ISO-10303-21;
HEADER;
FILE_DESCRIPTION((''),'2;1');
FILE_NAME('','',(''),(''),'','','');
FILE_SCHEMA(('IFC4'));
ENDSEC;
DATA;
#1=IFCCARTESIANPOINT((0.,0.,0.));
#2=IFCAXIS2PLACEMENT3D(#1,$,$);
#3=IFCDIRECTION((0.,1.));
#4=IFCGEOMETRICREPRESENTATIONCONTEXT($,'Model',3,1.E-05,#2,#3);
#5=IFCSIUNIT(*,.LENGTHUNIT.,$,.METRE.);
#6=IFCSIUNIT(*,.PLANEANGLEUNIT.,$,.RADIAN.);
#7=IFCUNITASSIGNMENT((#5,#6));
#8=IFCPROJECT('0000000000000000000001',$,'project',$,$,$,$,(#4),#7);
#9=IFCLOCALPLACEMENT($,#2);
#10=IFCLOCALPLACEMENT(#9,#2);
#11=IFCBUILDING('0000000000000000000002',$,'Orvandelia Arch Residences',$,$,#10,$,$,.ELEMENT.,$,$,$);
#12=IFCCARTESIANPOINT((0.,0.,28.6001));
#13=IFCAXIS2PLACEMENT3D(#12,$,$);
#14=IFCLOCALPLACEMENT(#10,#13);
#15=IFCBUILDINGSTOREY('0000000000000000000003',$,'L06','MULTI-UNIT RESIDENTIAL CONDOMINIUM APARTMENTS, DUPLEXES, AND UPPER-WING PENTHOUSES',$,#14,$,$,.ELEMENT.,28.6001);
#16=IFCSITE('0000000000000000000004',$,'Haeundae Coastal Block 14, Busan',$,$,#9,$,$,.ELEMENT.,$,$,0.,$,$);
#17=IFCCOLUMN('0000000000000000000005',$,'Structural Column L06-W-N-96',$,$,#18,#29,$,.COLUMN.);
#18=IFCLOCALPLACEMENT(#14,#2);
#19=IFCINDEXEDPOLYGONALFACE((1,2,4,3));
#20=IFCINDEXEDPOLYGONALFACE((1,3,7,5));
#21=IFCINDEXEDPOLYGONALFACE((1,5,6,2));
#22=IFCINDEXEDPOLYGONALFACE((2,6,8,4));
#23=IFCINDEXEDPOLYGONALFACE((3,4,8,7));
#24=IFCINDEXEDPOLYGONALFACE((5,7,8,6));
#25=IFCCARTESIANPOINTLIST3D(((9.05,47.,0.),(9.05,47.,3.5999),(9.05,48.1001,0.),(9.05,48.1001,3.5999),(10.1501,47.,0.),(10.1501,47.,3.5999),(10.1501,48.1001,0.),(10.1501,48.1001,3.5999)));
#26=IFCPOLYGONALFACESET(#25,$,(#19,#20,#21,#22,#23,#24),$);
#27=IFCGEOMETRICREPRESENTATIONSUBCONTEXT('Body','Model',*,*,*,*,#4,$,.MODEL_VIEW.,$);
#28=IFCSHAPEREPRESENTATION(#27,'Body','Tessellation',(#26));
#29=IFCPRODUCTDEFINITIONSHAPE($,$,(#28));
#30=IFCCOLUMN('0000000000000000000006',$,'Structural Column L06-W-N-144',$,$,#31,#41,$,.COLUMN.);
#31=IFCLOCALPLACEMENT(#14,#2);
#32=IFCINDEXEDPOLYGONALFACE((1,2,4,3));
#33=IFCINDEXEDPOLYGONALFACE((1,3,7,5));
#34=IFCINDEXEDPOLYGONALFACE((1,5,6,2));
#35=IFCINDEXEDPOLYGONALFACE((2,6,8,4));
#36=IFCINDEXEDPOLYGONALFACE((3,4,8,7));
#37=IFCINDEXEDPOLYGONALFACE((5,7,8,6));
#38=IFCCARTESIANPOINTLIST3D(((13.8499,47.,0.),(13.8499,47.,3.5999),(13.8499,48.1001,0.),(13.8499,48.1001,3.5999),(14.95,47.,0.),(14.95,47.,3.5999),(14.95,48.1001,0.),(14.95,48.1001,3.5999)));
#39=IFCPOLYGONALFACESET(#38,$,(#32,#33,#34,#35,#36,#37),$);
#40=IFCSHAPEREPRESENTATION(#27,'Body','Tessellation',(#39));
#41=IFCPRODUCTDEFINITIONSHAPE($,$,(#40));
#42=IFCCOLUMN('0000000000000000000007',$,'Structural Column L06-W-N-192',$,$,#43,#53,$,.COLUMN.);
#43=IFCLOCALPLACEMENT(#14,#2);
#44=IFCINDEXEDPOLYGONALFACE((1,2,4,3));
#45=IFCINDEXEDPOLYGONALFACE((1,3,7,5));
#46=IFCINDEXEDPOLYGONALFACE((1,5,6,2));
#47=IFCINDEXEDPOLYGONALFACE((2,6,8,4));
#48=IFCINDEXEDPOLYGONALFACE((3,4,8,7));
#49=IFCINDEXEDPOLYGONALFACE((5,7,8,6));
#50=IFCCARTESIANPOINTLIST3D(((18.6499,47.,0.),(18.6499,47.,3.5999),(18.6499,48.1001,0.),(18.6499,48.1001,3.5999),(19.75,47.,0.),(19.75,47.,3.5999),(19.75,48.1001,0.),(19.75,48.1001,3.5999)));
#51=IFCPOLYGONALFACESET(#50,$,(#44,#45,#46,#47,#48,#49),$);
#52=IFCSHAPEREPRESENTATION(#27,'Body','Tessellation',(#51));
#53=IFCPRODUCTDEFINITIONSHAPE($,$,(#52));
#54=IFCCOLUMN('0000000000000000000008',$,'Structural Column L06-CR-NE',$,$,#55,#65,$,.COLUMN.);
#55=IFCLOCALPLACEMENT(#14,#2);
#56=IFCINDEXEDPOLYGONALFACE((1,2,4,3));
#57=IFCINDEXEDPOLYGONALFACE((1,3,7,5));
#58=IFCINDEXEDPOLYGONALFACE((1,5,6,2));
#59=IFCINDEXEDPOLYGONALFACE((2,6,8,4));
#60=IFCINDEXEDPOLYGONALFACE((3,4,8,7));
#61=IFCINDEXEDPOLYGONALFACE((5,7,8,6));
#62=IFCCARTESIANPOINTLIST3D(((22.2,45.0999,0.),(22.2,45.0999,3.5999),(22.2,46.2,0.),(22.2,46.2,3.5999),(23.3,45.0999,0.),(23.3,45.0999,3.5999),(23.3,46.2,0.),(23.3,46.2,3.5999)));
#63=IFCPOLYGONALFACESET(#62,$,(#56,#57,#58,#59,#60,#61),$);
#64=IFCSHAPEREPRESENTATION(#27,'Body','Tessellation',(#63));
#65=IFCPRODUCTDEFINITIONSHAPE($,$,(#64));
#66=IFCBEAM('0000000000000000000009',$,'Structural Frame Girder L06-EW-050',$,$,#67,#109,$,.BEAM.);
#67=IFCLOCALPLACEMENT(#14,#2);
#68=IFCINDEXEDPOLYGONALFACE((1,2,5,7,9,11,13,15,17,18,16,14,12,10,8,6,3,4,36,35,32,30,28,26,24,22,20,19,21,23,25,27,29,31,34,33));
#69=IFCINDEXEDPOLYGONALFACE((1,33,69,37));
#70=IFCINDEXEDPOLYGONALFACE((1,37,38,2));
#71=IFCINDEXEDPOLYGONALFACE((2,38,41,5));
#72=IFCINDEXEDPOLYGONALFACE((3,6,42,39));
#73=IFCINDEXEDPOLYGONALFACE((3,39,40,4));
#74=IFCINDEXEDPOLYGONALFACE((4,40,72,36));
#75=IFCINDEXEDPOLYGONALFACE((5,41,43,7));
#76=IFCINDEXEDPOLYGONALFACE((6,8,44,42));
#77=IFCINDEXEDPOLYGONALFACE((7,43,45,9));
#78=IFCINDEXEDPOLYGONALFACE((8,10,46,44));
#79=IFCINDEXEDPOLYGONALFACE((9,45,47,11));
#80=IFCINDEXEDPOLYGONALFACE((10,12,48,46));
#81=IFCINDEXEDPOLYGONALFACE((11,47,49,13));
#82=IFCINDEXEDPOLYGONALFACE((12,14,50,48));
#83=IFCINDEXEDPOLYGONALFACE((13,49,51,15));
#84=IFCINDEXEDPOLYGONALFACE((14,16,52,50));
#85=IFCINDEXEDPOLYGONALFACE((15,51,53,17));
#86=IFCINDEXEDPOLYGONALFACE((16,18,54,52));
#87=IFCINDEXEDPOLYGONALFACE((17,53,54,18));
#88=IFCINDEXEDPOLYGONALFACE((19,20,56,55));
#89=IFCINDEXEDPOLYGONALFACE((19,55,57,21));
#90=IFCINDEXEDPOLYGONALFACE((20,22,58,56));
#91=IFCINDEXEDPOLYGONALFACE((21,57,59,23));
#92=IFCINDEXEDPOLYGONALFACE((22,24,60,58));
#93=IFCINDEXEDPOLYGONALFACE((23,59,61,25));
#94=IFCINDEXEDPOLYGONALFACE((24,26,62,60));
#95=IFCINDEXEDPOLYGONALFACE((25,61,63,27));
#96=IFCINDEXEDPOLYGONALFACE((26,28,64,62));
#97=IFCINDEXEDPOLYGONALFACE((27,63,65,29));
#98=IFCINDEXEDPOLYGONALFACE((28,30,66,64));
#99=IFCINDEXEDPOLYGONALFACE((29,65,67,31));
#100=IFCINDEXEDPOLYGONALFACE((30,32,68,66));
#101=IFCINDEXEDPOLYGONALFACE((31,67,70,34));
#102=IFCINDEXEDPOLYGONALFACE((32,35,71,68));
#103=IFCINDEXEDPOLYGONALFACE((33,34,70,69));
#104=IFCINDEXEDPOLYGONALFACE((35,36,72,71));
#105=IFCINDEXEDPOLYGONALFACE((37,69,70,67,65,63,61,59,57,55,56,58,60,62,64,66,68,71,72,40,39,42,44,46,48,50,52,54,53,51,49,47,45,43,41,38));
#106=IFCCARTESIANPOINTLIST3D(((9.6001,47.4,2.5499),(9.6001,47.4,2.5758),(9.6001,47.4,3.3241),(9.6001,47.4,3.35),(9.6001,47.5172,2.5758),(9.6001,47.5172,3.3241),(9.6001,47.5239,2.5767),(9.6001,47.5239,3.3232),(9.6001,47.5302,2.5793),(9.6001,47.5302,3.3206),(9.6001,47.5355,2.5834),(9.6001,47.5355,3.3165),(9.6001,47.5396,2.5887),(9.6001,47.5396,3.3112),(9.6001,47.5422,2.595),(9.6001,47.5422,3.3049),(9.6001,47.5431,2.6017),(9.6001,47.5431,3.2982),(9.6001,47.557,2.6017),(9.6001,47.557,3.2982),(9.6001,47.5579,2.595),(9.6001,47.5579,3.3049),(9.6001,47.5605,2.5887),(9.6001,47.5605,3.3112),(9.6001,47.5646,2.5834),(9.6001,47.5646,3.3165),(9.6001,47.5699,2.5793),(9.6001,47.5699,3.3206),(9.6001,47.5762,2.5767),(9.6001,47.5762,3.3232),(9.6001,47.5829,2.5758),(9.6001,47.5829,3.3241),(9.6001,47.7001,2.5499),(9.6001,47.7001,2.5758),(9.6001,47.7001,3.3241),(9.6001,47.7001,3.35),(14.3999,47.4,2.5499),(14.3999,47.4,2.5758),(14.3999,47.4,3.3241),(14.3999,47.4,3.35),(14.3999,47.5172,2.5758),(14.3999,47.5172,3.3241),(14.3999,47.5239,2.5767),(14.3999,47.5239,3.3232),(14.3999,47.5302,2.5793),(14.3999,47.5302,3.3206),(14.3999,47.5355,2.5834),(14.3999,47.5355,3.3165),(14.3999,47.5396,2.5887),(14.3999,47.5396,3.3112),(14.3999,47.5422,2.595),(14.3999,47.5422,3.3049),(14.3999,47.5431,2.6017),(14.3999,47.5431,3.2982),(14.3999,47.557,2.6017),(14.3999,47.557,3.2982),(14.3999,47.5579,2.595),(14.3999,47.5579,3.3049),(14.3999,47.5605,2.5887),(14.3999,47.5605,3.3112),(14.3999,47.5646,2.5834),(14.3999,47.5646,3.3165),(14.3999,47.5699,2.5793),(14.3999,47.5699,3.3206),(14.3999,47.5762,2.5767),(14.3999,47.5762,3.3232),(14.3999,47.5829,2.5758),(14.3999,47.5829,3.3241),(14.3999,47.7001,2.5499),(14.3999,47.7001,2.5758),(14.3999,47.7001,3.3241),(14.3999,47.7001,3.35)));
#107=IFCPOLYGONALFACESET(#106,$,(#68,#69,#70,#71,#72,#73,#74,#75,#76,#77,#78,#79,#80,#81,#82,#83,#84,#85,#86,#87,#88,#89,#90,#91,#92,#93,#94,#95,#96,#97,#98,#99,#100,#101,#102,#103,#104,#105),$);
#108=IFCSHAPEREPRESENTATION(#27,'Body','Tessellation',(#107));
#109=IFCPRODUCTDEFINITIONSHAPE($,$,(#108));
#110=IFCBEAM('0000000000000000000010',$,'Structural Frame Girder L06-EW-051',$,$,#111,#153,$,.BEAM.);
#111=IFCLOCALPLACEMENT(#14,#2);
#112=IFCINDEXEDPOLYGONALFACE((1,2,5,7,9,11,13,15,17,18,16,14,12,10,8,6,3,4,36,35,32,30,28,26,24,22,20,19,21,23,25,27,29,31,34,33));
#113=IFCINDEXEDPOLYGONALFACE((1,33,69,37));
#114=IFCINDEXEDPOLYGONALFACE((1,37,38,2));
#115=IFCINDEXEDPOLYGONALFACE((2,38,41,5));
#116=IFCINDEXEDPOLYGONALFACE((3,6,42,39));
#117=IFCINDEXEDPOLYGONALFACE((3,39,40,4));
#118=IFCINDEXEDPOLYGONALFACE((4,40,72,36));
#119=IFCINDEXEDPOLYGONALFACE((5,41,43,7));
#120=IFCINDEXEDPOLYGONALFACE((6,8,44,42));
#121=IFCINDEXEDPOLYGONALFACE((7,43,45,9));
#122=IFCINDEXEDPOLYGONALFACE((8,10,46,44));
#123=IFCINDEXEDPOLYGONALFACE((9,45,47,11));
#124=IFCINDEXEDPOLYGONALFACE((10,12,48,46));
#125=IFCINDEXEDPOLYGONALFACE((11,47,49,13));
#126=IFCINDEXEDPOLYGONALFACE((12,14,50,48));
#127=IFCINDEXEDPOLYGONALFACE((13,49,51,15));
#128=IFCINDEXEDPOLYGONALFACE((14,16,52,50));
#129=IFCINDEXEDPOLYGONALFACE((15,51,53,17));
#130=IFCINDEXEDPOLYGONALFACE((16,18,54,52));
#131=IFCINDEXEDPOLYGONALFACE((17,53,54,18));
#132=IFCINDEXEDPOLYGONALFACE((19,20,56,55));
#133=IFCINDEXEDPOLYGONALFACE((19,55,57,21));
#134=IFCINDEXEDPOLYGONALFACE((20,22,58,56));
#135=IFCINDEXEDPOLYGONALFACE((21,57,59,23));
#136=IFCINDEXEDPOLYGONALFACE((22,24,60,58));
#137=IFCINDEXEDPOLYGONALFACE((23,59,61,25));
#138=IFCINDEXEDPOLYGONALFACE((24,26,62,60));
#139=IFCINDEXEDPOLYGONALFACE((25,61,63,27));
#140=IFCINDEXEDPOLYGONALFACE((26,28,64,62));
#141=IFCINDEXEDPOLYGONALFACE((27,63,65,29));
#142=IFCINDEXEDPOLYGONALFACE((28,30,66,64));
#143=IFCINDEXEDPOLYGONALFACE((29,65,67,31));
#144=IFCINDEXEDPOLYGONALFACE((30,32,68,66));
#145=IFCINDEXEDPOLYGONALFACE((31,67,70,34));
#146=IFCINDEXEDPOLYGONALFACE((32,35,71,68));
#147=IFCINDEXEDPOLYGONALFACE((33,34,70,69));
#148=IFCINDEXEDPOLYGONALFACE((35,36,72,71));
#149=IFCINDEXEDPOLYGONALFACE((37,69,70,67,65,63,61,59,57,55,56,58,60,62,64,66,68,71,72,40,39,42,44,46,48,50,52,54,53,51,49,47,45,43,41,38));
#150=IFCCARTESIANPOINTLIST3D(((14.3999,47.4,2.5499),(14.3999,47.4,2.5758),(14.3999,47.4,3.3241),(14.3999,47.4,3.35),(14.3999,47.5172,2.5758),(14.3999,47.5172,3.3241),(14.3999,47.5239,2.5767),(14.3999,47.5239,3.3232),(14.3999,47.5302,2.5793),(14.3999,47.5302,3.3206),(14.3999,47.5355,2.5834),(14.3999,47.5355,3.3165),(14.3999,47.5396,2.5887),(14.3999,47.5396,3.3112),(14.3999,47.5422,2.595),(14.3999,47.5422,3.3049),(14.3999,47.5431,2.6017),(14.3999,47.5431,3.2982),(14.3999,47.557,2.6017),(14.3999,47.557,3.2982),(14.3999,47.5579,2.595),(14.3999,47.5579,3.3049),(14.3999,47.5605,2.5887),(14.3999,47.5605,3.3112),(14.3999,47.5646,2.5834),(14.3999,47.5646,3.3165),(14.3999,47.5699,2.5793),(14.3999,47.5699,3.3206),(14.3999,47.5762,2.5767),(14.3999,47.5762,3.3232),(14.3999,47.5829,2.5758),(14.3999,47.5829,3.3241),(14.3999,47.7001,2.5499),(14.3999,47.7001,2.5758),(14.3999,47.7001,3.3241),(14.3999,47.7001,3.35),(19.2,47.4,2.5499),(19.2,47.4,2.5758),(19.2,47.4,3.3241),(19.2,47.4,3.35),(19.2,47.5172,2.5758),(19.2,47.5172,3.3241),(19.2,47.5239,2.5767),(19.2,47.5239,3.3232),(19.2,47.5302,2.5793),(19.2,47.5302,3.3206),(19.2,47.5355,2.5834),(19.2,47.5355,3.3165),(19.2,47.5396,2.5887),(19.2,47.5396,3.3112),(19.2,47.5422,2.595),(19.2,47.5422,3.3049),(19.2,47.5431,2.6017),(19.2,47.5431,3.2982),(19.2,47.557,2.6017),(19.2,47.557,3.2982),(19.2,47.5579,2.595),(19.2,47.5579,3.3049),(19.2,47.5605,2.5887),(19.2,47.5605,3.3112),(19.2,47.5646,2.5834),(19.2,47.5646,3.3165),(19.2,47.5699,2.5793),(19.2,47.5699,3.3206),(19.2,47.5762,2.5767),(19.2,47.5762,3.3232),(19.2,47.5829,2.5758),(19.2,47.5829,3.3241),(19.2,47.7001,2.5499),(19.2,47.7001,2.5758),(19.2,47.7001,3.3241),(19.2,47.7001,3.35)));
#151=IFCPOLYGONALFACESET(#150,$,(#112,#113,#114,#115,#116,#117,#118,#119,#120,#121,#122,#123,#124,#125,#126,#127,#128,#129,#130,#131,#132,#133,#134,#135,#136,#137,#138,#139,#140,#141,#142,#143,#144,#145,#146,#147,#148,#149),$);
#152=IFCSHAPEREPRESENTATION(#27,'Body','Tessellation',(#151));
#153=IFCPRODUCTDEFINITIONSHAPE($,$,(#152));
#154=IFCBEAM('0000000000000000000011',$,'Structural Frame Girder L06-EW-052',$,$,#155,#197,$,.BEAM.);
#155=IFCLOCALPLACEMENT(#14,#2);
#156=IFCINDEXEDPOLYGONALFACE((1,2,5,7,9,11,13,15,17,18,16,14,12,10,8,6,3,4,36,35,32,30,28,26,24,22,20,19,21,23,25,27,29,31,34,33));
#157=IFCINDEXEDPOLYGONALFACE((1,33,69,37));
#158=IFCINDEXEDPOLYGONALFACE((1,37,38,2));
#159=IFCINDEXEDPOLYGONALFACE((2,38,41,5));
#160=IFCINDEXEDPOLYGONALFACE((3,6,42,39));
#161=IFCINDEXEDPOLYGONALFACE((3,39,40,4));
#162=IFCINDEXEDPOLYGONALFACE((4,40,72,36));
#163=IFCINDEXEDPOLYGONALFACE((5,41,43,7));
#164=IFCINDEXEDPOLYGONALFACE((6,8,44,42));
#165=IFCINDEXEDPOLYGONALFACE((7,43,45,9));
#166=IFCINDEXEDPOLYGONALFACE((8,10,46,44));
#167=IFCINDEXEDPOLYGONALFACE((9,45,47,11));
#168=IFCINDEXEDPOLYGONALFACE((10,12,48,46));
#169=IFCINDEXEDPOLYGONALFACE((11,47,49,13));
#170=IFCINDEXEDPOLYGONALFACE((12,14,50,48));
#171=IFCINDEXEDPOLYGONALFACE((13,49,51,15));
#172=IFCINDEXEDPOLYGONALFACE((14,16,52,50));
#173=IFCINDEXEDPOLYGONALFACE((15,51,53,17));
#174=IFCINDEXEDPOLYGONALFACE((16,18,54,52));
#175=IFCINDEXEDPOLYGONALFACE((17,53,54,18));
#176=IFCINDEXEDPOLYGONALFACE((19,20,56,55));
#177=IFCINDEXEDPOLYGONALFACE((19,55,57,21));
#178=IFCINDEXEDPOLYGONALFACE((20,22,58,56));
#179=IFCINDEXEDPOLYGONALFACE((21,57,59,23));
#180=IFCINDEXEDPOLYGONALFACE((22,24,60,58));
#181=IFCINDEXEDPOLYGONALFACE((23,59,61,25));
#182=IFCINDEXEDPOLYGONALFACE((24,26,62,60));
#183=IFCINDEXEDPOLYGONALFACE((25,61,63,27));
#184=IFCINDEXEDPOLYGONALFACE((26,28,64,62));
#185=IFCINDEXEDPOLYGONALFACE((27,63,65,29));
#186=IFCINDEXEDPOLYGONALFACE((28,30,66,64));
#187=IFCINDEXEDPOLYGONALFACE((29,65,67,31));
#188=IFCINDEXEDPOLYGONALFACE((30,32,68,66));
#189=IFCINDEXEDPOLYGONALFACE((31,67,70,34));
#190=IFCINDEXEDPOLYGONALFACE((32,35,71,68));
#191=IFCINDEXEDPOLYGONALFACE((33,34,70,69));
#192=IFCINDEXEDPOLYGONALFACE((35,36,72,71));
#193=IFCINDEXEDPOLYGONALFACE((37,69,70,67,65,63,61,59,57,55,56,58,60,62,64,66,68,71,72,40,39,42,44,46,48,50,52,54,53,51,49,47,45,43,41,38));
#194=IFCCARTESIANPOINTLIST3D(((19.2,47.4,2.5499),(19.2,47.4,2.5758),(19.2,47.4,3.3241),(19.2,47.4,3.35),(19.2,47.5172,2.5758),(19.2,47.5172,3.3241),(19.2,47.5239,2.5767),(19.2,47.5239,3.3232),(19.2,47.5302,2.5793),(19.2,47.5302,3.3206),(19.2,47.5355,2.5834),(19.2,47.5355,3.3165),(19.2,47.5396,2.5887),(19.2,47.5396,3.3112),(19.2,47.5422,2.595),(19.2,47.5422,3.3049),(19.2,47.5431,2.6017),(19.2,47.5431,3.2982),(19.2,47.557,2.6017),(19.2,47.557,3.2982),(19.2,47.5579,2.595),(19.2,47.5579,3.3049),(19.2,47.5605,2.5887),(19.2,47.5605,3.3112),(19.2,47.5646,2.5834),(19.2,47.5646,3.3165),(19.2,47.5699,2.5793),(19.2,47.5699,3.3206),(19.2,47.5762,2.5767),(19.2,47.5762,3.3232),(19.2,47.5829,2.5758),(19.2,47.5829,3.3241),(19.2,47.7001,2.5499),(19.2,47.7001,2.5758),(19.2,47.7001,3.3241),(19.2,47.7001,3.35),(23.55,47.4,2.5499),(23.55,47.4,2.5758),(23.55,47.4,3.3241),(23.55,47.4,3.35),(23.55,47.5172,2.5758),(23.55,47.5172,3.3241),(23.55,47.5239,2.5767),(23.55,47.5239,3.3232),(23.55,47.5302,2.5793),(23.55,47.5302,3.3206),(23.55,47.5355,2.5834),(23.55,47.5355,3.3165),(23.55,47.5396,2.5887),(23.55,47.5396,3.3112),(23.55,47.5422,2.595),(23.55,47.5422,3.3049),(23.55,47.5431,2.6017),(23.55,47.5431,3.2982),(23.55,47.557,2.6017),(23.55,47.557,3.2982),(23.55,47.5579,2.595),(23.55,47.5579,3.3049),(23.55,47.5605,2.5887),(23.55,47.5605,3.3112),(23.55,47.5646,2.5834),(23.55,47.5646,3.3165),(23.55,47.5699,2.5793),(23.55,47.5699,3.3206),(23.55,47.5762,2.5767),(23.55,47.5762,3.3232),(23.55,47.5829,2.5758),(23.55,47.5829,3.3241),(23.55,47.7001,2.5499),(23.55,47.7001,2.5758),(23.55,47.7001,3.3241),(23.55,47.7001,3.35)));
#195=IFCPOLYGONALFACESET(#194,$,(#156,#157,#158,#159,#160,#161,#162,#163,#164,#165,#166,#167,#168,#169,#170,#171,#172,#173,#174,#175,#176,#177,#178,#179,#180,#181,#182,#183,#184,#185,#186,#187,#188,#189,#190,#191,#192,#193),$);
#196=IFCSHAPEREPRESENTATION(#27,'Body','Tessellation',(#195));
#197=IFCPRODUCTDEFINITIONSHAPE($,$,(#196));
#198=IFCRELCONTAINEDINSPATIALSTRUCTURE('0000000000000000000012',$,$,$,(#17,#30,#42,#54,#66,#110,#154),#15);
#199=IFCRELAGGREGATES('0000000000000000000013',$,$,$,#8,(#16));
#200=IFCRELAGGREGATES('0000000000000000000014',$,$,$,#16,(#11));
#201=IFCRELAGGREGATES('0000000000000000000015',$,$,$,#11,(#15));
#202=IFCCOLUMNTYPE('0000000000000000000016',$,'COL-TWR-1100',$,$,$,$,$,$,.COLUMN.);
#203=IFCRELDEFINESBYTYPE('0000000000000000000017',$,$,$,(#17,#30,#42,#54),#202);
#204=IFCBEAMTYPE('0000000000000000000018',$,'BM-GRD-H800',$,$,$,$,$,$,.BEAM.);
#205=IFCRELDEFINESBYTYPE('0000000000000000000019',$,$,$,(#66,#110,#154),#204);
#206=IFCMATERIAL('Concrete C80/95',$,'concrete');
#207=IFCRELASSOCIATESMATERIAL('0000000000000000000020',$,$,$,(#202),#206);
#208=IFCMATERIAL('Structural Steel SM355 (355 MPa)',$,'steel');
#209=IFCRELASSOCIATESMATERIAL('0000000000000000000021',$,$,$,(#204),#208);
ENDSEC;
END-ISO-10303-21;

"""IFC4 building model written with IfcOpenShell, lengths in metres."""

from ifc_helpers import new_model, si_unit, direction, frame, origin, origin_2d, place, context, subcontext, project, spatial, rectangle, i_section, extrude, material, material_profile, profile_set, type_object, element, save


model = new_model("IFC4")

# Units and contexts
model_context = context("Model", 3, precision=1e-05, world=origin(), true_north=direction((0.0, 1.0)))
body_context = subcontext(model_context, "Body", "Model", "MODEL_VIEW")
ifc_project = project(units=[si_unit("LENGTHUNIT", "METRE"), si_unit("PLANEANGLEUNIT", "RADIAN")], contexts=[model_context])

# Site, building, storey
site_placement = place(None, origin())
site = spatial("IfcSite", under=ifc_project, at=site_placement, Name="Haeundae Coastal Block 14, Busan", CompositionType="ELEMENT", RefElevation=0.0)
building_placement = place(site_placement, origin())
building = spatial("IfcBuilding", under=site, at=building_placement, Name="Orvandelia Arch Residences", CompositionType="ELEMENT")
storey_placement = place(building_placement, frame((0.0, 0.0, 28.6001)))
storey = spatial("IfcBuildingStorey", under=building, at=storey_placement, Name="L06", Description="MULTI-UNIT RESIDENTIAL CONDOMINIUM APARTMENTS, DUPLEXES, AND UPPER-WING PENTHOUSES", CompositionType="ELEMENT", Elevation=28.6001)

# Columns
ifc_material_1 = material(Name="Concrete C80/95", Category="concrete")
ifc_material_profile_1 = material_profile(ifc_material_1, rectangle(XDim=1.1001, YDim=1.1001, at=origin_2d()), Name="Concrete C80/95", Category="concrete")
ifc_profile_set_1 = profile_set([ifc_material_profile_1], Name="Concrete C80/95")
column_type = type_object("IfcColumnType", Name="COL-TWR-1100", PredefinedType="COLUMN", material=ifc_profile_set_1)
for number, where, z_axis, x_axis, name in (
    (1, (9.6001, 47.55, 0.0), (0.0, 0.0, 1.0), (1.0, 0.0, 0.0), "Structural Column L06-W-N-96"),
    (2, (14.3999, 47.55, 0.0), (0.0, 0.0, 1.0), (1.0, 0.0, 0.0), "Structural Column L06-W-N-144"),
    (3, (19.2, 47.55, 0.0), (0.0, 0.0, 1.0), (1.0, 0.0, 0.0), "Structural Column L06-W-N-192"),
    (4, (22.75, 45.6499, 0.0), (0.0, 0.0, 1.0), (1.0, 0.0, 0.0), "Structural Column L06-CR-NE"),
):
    element("IfcColumn", number, at=place(storey_placement, frame(where, z_axis=z_axis, x_axis=x_axis)), inside=storey, type_object=column_type, Name=name, PredefinedType="COLUMN", context=body_context, shape_type="SweptSolid", body=[
        extrude(rectangle(XDim=1.1001, YDim=1.1001, at=origin_2d()), origin(), (0.0, 0.0, 1.0), 3.5999),
    ])

# Beams
ifc_material_2 = material(Name="Structural Steel SM355 (355 MPa)", Category="steel")
ifc_material_profile_2 = material_profile(ifc_material_2, i_section(OverallWidth=0.3, OverallDepth=0.8, WebThickness=0.0139, FlangeThickness=0.0259, FilletRadius=0.0259, at=origin_2d()), Name="Structural Steel SM355 (355 MPa)", Category="steel")
ifc_profile_set_2 = profile_set([ifc_material_profile_2], Name="Structural Steel SM355 (355 MPa)")
beam_type = type_object("IfcBeamType", Name="BM-GRD-H800", PredefinedType="BEAM", material=ifc_profile_set_2)
beam_1_placement = place(storey_placement, frame((9.6001, 47.55, 2.95), z_axis=(1.0, 0.0, 0.0), x_axis=(0.0, 1.0, 0.0)))
element("IfcBeam", 5, at=beam_1_placement, inside=storey, type_object=beam_type, Name="Structural Frame Girder L06-EW-050", PredefinedType="BEAM", context=body_context, shape_type="SweptSolid", body=[
    extrude(i_section(OverallWidth=0.3, OverallDepth=0.8, WebThickness=0.0139, FlangeThickness=0.0259, FilletRadius=0.0259, at=origin_2d()), origin(), (0.0, 0.0, 1.0), 4.7998),
])
beam_2_placement = place(storey_placement, frame((14.3999, 47.55, 2.95), z_axis=(1.0, 0.0, 0.0), x_axis=(0.0, 1.0, 0.0)))
element("IfcBeam", 6, at=beam_2_placement, inside=storey, type_object=beam_type, Name="Structural Frame Girder L06-EW-051", PredefinedType="BEAM", context=body_context, shape_type="SweptSolid", body=[
    extrude(i_section(OverallWidth=0.3, OverallDepth=0.8, WebThickness=0.0139, FlangeThickness=0.0259, FilletRadius=0.0259, at=origin_2d()), origin(), (0.0, 0.0, 1.0), 4.8),
])
beam_3_placement = place(storey_placement, frame((19.2, 47.55, 2.95), z_axis=(1.0, 0.0, 0.0), x_axis=(0.0, 1.0, 0.0)))
element("IfcBeam", 7, at=beam_3_placement, inside=storey, type_object=beam_type, Name="Structural Frame Girder L06-EW-052", PredefinedType="BEAM", context=body_context, shape_type="SweptSolid", body=[
    extrude(i_section(OverallWidth=0.3, OverallDepth=0.8, WebThickness=0.0139, FlangeThickness=0.0259, FilletRadius=0.0259, at=origin_2d()), origin(), (0.0, 0.0, 1.0), 4.3501),
])

save(model, "model.ifc")
